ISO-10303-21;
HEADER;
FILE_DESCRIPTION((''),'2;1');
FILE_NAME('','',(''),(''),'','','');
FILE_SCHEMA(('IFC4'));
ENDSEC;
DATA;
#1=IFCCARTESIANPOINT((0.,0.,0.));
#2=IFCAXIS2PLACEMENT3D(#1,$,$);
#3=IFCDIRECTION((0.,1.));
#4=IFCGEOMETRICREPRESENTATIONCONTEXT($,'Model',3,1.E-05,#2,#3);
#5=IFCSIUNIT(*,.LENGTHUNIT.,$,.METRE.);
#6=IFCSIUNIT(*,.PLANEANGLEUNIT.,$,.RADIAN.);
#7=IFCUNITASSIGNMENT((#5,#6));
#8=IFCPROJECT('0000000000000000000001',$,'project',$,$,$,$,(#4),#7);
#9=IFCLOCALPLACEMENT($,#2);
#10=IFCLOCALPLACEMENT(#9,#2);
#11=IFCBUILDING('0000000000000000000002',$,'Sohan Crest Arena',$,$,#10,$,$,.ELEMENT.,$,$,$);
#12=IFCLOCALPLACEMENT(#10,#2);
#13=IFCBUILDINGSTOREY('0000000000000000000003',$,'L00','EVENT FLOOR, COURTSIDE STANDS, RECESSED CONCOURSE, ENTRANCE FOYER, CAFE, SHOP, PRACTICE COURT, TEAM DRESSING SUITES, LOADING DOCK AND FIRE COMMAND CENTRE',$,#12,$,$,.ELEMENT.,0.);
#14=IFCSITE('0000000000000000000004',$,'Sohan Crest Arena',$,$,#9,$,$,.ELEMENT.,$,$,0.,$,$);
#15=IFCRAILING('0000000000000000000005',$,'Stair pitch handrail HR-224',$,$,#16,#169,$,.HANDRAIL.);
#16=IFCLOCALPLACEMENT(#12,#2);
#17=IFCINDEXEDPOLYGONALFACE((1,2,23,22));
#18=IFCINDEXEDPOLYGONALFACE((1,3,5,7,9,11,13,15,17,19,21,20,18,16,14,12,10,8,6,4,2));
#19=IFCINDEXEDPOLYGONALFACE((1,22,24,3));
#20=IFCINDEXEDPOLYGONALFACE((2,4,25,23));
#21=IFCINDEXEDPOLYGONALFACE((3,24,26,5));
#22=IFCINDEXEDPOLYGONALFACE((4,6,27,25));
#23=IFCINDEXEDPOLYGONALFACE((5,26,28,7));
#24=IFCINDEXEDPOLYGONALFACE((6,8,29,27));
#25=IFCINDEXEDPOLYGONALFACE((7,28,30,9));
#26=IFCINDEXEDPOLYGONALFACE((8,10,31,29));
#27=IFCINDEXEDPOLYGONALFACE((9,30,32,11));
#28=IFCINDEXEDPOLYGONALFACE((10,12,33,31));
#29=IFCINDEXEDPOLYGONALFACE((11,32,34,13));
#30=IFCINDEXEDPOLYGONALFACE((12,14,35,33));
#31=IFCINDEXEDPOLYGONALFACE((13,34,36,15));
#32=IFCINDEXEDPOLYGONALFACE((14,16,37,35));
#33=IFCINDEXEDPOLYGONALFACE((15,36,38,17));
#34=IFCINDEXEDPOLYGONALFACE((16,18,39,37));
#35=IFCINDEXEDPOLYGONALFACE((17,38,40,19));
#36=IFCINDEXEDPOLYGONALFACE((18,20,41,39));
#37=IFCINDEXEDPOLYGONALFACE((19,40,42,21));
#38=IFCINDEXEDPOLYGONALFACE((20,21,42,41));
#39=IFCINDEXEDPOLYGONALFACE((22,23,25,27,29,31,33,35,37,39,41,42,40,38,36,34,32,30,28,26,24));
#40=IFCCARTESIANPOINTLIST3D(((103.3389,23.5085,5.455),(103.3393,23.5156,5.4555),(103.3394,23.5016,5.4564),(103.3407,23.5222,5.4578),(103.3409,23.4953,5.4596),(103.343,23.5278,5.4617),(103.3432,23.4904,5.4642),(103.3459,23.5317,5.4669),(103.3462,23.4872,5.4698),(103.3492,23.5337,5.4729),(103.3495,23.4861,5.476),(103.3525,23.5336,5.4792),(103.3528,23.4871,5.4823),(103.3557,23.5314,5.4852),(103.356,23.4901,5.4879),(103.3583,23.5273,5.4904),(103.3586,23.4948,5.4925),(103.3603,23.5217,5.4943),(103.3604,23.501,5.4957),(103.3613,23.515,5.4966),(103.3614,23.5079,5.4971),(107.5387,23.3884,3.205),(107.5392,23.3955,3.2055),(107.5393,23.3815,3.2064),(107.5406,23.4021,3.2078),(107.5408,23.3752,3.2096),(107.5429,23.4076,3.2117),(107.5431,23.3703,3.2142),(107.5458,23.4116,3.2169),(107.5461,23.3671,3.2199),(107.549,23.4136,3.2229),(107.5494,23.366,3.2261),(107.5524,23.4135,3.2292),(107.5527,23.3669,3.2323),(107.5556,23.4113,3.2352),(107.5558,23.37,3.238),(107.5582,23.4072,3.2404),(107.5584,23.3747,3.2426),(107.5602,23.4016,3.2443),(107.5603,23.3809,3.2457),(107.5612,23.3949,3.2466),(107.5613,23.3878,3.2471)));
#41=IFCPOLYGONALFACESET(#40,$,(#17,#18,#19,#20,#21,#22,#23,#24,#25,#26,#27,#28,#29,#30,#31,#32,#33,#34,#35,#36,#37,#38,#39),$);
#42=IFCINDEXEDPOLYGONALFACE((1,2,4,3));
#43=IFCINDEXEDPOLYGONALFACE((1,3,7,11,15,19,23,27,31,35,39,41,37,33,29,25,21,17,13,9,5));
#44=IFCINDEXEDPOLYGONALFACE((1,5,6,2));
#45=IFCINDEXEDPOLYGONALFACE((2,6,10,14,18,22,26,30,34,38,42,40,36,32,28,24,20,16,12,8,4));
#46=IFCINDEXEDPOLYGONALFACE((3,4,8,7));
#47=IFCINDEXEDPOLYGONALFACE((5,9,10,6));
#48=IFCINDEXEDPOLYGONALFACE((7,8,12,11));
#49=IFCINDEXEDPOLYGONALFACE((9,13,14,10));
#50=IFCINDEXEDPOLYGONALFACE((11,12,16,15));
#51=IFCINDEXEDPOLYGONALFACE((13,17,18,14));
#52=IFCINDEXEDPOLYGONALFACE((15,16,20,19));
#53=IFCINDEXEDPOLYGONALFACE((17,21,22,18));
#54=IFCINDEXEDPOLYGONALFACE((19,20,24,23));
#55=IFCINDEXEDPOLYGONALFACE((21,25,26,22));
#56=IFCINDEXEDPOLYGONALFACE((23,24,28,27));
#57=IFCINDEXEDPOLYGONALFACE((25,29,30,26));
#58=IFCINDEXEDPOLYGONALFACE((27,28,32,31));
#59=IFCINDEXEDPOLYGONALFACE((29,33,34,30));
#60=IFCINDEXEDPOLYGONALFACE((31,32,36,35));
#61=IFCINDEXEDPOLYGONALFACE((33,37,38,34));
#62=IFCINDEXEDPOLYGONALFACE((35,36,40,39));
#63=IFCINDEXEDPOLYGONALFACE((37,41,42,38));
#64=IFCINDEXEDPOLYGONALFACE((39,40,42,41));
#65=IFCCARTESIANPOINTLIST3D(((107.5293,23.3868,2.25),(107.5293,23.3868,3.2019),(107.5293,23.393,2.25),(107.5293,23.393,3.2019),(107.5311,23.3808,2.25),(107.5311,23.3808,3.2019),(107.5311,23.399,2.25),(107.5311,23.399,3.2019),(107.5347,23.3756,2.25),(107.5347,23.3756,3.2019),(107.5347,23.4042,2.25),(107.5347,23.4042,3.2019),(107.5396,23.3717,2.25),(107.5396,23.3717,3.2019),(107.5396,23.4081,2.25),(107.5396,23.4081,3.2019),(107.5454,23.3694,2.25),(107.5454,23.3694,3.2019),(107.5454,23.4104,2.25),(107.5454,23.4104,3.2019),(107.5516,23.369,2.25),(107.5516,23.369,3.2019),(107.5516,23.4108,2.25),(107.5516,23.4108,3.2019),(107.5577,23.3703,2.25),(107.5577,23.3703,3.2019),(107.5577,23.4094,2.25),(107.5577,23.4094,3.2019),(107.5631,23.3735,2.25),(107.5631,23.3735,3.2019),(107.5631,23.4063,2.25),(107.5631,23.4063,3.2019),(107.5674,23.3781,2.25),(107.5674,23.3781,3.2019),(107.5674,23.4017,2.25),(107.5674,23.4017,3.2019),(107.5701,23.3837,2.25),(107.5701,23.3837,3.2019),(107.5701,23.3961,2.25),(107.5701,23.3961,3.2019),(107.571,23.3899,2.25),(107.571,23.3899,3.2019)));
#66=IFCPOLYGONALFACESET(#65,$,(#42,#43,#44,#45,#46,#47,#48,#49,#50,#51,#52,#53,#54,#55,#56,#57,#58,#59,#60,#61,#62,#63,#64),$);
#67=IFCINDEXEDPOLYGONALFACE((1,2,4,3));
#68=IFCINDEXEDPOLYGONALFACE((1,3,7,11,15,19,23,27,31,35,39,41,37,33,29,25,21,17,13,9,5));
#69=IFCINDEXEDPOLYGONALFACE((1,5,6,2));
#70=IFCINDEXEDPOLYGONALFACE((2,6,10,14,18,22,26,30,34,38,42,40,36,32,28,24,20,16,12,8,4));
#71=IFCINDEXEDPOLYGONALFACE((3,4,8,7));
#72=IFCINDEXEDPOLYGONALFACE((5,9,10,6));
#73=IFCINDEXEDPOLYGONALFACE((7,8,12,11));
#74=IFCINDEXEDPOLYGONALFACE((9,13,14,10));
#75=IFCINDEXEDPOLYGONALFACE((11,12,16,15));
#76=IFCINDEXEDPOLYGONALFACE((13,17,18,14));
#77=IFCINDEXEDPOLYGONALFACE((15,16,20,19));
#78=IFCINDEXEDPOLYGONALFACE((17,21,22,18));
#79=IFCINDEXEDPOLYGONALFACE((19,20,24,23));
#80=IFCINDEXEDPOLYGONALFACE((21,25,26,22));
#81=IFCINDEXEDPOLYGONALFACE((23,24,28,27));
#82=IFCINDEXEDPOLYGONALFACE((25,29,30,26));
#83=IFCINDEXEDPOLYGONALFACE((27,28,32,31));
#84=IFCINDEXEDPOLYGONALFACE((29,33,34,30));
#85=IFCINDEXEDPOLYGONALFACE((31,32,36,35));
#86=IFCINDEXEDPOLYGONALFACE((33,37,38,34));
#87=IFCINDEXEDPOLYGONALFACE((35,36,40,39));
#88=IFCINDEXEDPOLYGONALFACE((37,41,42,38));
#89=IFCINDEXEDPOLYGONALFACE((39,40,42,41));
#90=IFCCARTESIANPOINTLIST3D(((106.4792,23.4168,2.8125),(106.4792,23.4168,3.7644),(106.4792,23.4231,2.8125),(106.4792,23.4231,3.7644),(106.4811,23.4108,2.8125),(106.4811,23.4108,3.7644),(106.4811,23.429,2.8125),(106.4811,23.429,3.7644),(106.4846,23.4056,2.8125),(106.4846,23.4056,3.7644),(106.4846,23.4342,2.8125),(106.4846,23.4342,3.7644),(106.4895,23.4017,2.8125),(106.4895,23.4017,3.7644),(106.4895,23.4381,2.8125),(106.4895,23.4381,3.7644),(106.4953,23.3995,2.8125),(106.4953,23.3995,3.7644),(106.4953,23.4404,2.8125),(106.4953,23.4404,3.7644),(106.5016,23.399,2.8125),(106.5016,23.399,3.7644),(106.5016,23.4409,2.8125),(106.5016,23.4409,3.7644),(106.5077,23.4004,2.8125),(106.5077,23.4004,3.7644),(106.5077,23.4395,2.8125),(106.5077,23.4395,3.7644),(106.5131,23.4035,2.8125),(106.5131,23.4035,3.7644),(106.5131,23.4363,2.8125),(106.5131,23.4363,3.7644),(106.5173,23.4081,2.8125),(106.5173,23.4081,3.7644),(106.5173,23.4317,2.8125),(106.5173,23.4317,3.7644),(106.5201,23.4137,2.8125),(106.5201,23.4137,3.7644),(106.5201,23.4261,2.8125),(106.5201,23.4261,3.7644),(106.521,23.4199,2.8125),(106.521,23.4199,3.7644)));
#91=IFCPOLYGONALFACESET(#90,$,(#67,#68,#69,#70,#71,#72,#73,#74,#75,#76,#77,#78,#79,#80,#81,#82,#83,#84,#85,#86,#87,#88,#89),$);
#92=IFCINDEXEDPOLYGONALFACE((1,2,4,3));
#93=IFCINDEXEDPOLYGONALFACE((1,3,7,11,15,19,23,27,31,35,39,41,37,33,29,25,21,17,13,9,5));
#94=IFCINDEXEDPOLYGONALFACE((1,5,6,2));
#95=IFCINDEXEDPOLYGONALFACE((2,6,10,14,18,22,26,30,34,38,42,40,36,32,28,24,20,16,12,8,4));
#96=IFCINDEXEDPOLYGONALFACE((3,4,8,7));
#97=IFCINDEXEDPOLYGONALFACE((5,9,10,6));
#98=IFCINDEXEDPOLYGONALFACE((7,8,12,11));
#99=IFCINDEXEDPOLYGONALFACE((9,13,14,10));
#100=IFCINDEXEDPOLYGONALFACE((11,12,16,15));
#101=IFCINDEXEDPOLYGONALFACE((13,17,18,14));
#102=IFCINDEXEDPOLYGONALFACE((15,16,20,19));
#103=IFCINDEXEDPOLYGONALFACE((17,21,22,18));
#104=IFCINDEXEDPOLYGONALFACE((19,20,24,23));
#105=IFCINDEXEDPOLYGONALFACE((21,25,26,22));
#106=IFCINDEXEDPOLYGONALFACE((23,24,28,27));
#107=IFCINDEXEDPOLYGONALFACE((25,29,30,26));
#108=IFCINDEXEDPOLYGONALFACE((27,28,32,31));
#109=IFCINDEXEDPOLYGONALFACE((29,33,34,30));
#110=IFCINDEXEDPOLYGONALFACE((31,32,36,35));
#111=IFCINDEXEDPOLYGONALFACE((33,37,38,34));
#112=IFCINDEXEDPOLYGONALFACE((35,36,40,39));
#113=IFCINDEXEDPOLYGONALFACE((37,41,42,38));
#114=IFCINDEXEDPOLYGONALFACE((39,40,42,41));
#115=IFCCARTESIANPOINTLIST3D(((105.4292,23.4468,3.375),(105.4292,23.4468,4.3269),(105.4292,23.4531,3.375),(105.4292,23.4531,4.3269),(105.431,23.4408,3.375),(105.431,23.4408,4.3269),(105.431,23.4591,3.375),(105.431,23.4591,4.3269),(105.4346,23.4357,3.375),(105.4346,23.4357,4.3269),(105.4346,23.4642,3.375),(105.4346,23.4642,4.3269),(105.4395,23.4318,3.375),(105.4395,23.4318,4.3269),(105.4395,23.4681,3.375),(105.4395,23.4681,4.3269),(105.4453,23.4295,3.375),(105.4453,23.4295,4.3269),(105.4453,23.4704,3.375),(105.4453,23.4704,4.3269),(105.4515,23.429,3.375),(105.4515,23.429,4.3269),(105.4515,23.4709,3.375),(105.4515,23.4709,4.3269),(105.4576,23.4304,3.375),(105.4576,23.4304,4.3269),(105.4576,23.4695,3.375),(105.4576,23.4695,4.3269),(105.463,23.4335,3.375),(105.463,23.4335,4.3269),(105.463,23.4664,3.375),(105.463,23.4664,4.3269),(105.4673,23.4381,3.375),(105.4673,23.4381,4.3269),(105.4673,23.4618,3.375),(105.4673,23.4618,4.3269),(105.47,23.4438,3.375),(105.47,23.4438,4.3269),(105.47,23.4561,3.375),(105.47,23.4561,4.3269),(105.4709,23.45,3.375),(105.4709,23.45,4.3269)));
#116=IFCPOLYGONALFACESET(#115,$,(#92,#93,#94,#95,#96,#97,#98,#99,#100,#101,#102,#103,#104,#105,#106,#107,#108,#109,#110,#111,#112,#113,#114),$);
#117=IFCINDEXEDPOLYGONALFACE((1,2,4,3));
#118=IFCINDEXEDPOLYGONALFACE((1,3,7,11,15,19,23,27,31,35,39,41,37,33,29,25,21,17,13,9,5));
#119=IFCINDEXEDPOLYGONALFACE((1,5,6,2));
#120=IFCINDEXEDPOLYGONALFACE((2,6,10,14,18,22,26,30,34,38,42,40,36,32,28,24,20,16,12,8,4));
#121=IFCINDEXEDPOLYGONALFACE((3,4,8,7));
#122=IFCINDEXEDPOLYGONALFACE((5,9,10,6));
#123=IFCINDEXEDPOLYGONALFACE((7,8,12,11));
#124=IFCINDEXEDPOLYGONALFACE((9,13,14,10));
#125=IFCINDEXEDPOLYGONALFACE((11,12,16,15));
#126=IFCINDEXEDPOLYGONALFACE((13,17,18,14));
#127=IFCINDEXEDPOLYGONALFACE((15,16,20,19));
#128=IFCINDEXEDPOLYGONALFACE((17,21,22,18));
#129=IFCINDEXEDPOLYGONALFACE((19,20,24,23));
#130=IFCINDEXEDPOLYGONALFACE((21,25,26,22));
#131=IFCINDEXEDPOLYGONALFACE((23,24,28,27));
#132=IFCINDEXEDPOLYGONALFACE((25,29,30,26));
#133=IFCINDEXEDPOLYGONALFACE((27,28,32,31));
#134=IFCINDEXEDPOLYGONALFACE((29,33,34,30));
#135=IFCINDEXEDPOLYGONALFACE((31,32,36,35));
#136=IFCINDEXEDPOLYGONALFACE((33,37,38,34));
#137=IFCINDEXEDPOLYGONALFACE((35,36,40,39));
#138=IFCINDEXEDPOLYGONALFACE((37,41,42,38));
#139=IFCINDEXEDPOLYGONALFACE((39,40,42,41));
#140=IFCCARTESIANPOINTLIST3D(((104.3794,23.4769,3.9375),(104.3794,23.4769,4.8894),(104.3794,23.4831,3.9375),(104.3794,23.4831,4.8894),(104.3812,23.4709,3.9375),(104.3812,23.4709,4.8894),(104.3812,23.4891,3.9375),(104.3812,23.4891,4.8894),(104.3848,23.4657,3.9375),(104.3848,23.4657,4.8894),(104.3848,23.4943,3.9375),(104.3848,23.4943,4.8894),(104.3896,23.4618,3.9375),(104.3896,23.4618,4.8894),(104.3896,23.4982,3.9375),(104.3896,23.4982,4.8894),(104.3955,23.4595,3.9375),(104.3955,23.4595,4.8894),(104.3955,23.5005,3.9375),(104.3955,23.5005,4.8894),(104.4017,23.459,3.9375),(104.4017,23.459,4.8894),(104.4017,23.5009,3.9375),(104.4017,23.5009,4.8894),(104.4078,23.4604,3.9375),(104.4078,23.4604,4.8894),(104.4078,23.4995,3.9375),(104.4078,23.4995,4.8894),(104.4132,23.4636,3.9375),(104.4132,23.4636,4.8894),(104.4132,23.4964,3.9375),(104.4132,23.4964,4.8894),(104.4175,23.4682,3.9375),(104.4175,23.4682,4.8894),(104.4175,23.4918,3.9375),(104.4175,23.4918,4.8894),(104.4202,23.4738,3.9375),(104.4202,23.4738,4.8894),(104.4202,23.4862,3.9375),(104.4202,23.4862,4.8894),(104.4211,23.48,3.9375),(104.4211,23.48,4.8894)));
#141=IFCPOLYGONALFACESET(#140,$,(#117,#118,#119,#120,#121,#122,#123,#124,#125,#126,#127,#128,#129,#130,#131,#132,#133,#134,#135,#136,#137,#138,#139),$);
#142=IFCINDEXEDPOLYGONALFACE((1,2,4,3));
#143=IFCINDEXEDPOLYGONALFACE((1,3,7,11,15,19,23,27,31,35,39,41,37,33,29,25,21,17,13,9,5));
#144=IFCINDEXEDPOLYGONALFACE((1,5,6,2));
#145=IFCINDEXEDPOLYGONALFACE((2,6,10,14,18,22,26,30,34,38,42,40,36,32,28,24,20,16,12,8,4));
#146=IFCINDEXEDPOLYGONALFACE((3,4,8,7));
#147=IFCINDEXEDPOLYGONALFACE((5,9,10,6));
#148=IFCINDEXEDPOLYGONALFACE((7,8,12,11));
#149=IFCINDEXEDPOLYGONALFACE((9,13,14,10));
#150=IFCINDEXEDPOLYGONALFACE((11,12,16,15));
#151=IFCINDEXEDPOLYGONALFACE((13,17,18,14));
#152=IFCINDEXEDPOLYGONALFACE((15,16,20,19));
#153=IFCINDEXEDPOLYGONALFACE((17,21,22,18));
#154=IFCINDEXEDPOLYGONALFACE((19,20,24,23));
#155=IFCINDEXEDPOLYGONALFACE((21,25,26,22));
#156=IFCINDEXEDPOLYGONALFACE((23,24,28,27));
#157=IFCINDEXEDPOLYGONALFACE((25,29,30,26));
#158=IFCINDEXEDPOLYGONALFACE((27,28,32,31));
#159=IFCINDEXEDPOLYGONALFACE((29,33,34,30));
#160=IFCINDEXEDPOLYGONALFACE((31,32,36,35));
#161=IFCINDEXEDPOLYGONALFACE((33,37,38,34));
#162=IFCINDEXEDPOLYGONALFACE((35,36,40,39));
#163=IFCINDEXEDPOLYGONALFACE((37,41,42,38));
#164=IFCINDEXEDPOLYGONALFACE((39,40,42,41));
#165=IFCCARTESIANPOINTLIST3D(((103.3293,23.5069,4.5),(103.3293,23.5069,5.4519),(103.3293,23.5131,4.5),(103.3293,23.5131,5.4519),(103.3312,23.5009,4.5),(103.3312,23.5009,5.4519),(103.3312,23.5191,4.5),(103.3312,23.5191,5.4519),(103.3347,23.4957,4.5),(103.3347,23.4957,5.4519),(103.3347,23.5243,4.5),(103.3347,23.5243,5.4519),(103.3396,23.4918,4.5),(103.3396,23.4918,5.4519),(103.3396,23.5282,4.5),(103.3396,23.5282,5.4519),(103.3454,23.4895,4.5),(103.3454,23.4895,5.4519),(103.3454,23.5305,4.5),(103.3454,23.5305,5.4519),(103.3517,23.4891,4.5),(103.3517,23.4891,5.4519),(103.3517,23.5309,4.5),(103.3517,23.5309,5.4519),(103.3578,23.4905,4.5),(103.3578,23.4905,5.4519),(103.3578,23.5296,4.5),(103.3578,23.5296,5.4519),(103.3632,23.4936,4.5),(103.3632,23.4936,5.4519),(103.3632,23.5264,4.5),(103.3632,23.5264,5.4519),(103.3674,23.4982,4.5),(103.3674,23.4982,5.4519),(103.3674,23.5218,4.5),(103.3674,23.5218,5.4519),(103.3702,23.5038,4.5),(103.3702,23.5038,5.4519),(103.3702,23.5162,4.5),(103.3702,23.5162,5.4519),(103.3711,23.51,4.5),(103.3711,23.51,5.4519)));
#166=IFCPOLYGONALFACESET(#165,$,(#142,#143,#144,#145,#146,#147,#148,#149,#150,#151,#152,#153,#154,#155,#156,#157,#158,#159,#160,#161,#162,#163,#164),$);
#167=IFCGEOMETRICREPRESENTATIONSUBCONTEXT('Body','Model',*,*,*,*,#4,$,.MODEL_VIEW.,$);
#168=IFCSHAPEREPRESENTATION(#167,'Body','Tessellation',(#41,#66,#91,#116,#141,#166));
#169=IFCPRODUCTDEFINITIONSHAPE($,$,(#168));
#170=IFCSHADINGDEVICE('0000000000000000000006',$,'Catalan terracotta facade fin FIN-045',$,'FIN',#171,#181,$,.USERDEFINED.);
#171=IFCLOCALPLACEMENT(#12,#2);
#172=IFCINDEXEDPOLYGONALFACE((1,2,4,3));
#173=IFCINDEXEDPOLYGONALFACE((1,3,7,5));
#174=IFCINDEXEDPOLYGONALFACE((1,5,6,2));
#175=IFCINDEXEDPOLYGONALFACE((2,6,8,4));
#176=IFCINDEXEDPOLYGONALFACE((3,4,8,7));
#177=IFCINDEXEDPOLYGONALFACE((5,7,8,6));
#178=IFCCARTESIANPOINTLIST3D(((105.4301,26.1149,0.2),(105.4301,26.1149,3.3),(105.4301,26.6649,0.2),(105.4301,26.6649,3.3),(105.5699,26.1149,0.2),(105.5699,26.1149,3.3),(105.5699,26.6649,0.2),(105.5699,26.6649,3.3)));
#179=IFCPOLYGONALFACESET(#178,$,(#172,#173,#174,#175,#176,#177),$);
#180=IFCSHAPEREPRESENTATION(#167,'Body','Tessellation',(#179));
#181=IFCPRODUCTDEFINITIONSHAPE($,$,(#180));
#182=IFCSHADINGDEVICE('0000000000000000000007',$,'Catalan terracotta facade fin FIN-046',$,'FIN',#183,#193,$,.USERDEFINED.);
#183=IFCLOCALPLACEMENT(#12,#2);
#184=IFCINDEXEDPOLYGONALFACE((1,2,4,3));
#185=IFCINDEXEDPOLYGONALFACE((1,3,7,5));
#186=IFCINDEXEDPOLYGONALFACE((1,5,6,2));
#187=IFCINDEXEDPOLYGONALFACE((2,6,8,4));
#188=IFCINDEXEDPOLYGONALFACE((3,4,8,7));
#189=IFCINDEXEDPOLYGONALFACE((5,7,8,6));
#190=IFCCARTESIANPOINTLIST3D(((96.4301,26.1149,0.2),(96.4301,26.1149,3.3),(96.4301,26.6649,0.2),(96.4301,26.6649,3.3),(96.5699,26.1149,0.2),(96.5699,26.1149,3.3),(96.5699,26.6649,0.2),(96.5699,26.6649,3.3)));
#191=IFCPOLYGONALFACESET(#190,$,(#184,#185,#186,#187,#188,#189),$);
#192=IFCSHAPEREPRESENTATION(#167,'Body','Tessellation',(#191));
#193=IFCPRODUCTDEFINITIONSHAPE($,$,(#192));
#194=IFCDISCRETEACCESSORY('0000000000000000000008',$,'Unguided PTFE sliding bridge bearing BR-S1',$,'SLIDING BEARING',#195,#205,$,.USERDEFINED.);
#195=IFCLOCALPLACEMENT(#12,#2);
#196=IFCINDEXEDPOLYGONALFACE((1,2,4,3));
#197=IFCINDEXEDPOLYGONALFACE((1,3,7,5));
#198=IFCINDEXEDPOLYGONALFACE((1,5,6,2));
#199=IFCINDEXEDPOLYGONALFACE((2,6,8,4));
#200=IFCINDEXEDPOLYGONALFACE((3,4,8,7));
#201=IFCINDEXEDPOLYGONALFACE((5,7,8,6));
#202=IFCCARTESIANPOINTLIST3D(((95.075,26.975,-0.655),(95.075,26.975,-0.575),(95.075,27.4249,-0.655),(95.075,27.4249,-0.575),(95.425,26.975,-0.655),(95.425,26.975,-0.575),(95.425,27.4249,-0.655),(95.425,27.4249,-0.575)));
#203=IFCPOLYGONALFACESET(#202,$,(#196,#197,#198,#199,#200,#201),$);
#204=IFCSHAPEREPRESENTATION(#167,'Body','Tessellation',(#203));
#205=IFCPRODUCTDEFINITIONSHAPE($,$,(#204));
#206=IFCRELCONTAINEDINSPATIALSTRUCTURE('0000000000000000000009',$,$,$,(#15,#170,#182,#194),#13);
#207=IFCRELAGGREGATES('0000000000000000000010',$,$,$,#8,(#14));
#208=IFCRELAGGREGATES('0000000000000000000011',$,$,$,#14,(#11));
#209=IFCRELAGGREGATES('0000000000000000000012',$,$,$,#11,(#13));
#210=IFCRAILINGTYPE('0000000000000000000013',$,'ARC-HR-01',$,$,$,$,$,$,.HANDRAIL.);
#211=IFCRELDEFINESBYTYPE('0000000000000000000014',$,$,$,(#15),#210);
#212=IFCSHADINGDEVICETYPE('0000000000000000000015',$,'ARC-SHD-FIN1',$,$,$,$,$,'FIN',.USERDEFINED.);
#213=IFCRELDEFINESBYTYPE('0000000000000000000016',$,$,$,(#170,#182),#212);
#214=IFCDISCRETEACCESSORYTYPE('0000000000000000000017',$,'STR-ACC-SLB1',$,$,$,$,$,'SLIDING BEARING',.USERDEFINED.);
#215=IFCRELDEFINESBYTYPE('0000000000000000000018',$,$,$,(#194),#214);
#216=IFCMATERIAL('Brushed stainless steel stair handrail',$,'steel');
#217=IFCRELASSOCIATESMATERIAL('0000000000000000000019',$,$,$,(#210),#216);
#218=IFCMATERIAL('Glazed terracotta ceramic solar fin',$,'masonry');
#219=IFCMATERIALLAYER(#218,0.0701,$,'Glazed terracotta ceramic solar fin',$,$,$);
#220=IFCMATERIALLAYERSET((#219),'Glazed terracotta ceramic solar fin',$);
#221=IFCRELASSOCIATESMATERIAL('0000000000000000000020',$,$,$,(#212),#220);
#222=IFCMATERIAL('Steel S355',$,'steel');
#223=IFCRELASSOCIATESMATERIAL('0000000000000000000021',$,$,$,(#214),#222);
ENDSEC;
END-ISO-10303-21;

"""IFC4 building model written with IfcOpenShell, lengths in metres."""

from ifc_helpers import new_model, si_unit, direction, frame, origin, origin_2d, place, context, subcontext, project, spatial, rectangle, circle, extrude, material, layer, layer_set, type_object, element, save


model = new_model("IFC4")

# Units and contexts
model_context = context("Model", 3, precision=1e-05, world=origin(), true_north=direction((0.0, 1.0)))
body_context = subcontext(model_context, "Body", "Model", "MODEL_VIEW")
ifc_project = project(units=[si_unit("LENGTHUNIT", "METRE"), si_unit("PLANEANGLEUNIT", "RADIAN")], contexts=[model_context])

# Site, building, storey
site_placement = place(None, origin())
site = spatial("IfcSite", under=ifc_project, at=site_placement, Name="Sohan Crest Arena", CompositionType="ELEMENT", RefElevation=0.0)
building_placement = place(site_placement, origin())
building = spatial("IfcBuilding", under=site, at=building_placement, Name="Sohan Crest Arena", CompositionType="ELEMENT")
storey_placement = place(building_placement, origin())
storey = spatial("IfcBuildingStorey", under=building, at=storey_placement, Name="L00", Description="EVENT FLOOR, COURTSIDE STANDS, RECESSED CONCOURSE, ENTRANCE FOYER, CAFE, SHOP, PRACTICE COURT, TEAM DRESSING SUITES, LOADING DOCK AND FIRE COMMAND CENTRE", CompositionType="ELEMENT", Elevation=0.0)

# Shared definitions
ifc_material_1 = material(Name="Steel S355", Category="steel")

# Railing
ifc_material_2 = material(Name="Brushed stainless steel stair handrail", Category="steel")
railing_type_1 = type_object("IfcRailingType", Name="ARC-HR-01", PredefinedType="HANDRAIL", material=ifc_material_2)
railing_1_placement = place(storey_placement, frame((107.55, 23.3899, 2.25)))
element("IfcRailing", 1, at=railing_1_placement, inside=storey, type_object=railing_type_1, Name="Stair pitch handrail HR-224", PredefinedType="HANDRAIL", context=body_context, shape_type="SweptSolid", body=[
    extrude(circle(Radius=0.0239, at=origin_2d()), frame((0.0, 0.0, 0.9761), z_axis=(-0.881198, 0.025202, 0.472076), x_axis=(-0.028588, -0.999591, 0.0)), (0.0, 0.0, 1.0), 4.7661),
    extrude(circle(Radius=0.021, at=origin_2d()), origin(), (0.0, 0.0, 1.0), 0.9519),
    extrude(circle(Radius=0.021, at=origin_2d()), frame((-1.05, 0.03, 0.5625)), (0.0, 0.0, 1.0), 0.9519),
    extrude(circle(Radius=0.021, at=origin_2d()), frame((-2.1001, 0.0601, 1.125)), (0.0, 0.0, 1.0), 0.9519),
    extrude(circle(Radius=0.021, at=origin_2d()), frame((-3.1499, 0.0901, 1.6875)), (0.0, 0.0, 1.0), 0.9519),
    extrude(circle(Radius=0.021, at=origin_2d()), frame((-4.2, 0.1201, 2.25)), (0.0, 0.0, 1.0), 0.9519),
])

# Shading devices
ifc_material_3 = material(Name="Glazed terracotta ceramic solar fin", Category="masonry")
ifc_layer_1 = layer(ifc_material_3, 0.0701, Name="Glazed terracotta ceramic solar fin")
ifc_layer_set_1 = layer_set([ifc_layer_1], Name="Glazed terracotta ceramic solar fin")
shading_device_type = type_object("IfcShadingDeviceType", Name="ARC-SHD-FIN1", ElementType="FIN", PredefinedType="USERDEFINED", material=ifc_layer_set_1)
for number, where, z_axis, x_axis, name in (
    (2, (105.5, 26.3899, 0.2), (0.0, 0.0, 1.0), (-1.0, 0.0, 0.0), "Catalan terracotta facade fin FIN-045"),
    (3, (96.5, 26.3899, 0.2), (0.0, 0.0, 1.0), (-1.0, 0.0, 0.0), "Catalan terracotta facade fin FIN-046"),
):
    element("IfcShadingDevice", number, at=place(storey_placement, frame(where, z_axis=z_axis, x_axis=x_axis)), inside=storey, type_object=shading_device_type, Name=name, ObjectType="FIN", PredefinedType="USERDEFINED", context=body_context, shape_type="SweptSolid", body=[
        extrude(rectangle(XDim=0.1399, YDim=0.55, at=origin_2d()), origin(), (0.0, 0.0, 1.0), 3.1001),
    ])

# Discrete accessory
discrete_accessory_type = type_object("IfcDiscreteAccessoryType", Name="STR-ACC-SLB1", ElementType="SLIDING BEARING", PredefinedType="USERDEFINED", material=ifc_material_1)
discrete_accessory_placement = place(storey_placement, frame((95.25, 27.2, -0.655), z_axis=(0.0, 0.0, 1.0), x_axis=(1.0, 0.0, 0.0)))
element("IfcDiscreteAccessory", 4, at=discrete_accessory_placement, inside=storey, type_object=discrete_accessory_type, Name="Unguided PTFE sliding bridge bearing BR-S1", ObjectType="SLIDING BEARING", PredefinedType="USERDEFINED", context=body_context, shape_type="SweptSolid", body=[
    extrude(rectangle(XDim=0.3501, YDim=0.45, at=origin_2d()), origin(), (0.0, 0.0, 1.0), 0.0801),
])

save(model, "model.ifc")
